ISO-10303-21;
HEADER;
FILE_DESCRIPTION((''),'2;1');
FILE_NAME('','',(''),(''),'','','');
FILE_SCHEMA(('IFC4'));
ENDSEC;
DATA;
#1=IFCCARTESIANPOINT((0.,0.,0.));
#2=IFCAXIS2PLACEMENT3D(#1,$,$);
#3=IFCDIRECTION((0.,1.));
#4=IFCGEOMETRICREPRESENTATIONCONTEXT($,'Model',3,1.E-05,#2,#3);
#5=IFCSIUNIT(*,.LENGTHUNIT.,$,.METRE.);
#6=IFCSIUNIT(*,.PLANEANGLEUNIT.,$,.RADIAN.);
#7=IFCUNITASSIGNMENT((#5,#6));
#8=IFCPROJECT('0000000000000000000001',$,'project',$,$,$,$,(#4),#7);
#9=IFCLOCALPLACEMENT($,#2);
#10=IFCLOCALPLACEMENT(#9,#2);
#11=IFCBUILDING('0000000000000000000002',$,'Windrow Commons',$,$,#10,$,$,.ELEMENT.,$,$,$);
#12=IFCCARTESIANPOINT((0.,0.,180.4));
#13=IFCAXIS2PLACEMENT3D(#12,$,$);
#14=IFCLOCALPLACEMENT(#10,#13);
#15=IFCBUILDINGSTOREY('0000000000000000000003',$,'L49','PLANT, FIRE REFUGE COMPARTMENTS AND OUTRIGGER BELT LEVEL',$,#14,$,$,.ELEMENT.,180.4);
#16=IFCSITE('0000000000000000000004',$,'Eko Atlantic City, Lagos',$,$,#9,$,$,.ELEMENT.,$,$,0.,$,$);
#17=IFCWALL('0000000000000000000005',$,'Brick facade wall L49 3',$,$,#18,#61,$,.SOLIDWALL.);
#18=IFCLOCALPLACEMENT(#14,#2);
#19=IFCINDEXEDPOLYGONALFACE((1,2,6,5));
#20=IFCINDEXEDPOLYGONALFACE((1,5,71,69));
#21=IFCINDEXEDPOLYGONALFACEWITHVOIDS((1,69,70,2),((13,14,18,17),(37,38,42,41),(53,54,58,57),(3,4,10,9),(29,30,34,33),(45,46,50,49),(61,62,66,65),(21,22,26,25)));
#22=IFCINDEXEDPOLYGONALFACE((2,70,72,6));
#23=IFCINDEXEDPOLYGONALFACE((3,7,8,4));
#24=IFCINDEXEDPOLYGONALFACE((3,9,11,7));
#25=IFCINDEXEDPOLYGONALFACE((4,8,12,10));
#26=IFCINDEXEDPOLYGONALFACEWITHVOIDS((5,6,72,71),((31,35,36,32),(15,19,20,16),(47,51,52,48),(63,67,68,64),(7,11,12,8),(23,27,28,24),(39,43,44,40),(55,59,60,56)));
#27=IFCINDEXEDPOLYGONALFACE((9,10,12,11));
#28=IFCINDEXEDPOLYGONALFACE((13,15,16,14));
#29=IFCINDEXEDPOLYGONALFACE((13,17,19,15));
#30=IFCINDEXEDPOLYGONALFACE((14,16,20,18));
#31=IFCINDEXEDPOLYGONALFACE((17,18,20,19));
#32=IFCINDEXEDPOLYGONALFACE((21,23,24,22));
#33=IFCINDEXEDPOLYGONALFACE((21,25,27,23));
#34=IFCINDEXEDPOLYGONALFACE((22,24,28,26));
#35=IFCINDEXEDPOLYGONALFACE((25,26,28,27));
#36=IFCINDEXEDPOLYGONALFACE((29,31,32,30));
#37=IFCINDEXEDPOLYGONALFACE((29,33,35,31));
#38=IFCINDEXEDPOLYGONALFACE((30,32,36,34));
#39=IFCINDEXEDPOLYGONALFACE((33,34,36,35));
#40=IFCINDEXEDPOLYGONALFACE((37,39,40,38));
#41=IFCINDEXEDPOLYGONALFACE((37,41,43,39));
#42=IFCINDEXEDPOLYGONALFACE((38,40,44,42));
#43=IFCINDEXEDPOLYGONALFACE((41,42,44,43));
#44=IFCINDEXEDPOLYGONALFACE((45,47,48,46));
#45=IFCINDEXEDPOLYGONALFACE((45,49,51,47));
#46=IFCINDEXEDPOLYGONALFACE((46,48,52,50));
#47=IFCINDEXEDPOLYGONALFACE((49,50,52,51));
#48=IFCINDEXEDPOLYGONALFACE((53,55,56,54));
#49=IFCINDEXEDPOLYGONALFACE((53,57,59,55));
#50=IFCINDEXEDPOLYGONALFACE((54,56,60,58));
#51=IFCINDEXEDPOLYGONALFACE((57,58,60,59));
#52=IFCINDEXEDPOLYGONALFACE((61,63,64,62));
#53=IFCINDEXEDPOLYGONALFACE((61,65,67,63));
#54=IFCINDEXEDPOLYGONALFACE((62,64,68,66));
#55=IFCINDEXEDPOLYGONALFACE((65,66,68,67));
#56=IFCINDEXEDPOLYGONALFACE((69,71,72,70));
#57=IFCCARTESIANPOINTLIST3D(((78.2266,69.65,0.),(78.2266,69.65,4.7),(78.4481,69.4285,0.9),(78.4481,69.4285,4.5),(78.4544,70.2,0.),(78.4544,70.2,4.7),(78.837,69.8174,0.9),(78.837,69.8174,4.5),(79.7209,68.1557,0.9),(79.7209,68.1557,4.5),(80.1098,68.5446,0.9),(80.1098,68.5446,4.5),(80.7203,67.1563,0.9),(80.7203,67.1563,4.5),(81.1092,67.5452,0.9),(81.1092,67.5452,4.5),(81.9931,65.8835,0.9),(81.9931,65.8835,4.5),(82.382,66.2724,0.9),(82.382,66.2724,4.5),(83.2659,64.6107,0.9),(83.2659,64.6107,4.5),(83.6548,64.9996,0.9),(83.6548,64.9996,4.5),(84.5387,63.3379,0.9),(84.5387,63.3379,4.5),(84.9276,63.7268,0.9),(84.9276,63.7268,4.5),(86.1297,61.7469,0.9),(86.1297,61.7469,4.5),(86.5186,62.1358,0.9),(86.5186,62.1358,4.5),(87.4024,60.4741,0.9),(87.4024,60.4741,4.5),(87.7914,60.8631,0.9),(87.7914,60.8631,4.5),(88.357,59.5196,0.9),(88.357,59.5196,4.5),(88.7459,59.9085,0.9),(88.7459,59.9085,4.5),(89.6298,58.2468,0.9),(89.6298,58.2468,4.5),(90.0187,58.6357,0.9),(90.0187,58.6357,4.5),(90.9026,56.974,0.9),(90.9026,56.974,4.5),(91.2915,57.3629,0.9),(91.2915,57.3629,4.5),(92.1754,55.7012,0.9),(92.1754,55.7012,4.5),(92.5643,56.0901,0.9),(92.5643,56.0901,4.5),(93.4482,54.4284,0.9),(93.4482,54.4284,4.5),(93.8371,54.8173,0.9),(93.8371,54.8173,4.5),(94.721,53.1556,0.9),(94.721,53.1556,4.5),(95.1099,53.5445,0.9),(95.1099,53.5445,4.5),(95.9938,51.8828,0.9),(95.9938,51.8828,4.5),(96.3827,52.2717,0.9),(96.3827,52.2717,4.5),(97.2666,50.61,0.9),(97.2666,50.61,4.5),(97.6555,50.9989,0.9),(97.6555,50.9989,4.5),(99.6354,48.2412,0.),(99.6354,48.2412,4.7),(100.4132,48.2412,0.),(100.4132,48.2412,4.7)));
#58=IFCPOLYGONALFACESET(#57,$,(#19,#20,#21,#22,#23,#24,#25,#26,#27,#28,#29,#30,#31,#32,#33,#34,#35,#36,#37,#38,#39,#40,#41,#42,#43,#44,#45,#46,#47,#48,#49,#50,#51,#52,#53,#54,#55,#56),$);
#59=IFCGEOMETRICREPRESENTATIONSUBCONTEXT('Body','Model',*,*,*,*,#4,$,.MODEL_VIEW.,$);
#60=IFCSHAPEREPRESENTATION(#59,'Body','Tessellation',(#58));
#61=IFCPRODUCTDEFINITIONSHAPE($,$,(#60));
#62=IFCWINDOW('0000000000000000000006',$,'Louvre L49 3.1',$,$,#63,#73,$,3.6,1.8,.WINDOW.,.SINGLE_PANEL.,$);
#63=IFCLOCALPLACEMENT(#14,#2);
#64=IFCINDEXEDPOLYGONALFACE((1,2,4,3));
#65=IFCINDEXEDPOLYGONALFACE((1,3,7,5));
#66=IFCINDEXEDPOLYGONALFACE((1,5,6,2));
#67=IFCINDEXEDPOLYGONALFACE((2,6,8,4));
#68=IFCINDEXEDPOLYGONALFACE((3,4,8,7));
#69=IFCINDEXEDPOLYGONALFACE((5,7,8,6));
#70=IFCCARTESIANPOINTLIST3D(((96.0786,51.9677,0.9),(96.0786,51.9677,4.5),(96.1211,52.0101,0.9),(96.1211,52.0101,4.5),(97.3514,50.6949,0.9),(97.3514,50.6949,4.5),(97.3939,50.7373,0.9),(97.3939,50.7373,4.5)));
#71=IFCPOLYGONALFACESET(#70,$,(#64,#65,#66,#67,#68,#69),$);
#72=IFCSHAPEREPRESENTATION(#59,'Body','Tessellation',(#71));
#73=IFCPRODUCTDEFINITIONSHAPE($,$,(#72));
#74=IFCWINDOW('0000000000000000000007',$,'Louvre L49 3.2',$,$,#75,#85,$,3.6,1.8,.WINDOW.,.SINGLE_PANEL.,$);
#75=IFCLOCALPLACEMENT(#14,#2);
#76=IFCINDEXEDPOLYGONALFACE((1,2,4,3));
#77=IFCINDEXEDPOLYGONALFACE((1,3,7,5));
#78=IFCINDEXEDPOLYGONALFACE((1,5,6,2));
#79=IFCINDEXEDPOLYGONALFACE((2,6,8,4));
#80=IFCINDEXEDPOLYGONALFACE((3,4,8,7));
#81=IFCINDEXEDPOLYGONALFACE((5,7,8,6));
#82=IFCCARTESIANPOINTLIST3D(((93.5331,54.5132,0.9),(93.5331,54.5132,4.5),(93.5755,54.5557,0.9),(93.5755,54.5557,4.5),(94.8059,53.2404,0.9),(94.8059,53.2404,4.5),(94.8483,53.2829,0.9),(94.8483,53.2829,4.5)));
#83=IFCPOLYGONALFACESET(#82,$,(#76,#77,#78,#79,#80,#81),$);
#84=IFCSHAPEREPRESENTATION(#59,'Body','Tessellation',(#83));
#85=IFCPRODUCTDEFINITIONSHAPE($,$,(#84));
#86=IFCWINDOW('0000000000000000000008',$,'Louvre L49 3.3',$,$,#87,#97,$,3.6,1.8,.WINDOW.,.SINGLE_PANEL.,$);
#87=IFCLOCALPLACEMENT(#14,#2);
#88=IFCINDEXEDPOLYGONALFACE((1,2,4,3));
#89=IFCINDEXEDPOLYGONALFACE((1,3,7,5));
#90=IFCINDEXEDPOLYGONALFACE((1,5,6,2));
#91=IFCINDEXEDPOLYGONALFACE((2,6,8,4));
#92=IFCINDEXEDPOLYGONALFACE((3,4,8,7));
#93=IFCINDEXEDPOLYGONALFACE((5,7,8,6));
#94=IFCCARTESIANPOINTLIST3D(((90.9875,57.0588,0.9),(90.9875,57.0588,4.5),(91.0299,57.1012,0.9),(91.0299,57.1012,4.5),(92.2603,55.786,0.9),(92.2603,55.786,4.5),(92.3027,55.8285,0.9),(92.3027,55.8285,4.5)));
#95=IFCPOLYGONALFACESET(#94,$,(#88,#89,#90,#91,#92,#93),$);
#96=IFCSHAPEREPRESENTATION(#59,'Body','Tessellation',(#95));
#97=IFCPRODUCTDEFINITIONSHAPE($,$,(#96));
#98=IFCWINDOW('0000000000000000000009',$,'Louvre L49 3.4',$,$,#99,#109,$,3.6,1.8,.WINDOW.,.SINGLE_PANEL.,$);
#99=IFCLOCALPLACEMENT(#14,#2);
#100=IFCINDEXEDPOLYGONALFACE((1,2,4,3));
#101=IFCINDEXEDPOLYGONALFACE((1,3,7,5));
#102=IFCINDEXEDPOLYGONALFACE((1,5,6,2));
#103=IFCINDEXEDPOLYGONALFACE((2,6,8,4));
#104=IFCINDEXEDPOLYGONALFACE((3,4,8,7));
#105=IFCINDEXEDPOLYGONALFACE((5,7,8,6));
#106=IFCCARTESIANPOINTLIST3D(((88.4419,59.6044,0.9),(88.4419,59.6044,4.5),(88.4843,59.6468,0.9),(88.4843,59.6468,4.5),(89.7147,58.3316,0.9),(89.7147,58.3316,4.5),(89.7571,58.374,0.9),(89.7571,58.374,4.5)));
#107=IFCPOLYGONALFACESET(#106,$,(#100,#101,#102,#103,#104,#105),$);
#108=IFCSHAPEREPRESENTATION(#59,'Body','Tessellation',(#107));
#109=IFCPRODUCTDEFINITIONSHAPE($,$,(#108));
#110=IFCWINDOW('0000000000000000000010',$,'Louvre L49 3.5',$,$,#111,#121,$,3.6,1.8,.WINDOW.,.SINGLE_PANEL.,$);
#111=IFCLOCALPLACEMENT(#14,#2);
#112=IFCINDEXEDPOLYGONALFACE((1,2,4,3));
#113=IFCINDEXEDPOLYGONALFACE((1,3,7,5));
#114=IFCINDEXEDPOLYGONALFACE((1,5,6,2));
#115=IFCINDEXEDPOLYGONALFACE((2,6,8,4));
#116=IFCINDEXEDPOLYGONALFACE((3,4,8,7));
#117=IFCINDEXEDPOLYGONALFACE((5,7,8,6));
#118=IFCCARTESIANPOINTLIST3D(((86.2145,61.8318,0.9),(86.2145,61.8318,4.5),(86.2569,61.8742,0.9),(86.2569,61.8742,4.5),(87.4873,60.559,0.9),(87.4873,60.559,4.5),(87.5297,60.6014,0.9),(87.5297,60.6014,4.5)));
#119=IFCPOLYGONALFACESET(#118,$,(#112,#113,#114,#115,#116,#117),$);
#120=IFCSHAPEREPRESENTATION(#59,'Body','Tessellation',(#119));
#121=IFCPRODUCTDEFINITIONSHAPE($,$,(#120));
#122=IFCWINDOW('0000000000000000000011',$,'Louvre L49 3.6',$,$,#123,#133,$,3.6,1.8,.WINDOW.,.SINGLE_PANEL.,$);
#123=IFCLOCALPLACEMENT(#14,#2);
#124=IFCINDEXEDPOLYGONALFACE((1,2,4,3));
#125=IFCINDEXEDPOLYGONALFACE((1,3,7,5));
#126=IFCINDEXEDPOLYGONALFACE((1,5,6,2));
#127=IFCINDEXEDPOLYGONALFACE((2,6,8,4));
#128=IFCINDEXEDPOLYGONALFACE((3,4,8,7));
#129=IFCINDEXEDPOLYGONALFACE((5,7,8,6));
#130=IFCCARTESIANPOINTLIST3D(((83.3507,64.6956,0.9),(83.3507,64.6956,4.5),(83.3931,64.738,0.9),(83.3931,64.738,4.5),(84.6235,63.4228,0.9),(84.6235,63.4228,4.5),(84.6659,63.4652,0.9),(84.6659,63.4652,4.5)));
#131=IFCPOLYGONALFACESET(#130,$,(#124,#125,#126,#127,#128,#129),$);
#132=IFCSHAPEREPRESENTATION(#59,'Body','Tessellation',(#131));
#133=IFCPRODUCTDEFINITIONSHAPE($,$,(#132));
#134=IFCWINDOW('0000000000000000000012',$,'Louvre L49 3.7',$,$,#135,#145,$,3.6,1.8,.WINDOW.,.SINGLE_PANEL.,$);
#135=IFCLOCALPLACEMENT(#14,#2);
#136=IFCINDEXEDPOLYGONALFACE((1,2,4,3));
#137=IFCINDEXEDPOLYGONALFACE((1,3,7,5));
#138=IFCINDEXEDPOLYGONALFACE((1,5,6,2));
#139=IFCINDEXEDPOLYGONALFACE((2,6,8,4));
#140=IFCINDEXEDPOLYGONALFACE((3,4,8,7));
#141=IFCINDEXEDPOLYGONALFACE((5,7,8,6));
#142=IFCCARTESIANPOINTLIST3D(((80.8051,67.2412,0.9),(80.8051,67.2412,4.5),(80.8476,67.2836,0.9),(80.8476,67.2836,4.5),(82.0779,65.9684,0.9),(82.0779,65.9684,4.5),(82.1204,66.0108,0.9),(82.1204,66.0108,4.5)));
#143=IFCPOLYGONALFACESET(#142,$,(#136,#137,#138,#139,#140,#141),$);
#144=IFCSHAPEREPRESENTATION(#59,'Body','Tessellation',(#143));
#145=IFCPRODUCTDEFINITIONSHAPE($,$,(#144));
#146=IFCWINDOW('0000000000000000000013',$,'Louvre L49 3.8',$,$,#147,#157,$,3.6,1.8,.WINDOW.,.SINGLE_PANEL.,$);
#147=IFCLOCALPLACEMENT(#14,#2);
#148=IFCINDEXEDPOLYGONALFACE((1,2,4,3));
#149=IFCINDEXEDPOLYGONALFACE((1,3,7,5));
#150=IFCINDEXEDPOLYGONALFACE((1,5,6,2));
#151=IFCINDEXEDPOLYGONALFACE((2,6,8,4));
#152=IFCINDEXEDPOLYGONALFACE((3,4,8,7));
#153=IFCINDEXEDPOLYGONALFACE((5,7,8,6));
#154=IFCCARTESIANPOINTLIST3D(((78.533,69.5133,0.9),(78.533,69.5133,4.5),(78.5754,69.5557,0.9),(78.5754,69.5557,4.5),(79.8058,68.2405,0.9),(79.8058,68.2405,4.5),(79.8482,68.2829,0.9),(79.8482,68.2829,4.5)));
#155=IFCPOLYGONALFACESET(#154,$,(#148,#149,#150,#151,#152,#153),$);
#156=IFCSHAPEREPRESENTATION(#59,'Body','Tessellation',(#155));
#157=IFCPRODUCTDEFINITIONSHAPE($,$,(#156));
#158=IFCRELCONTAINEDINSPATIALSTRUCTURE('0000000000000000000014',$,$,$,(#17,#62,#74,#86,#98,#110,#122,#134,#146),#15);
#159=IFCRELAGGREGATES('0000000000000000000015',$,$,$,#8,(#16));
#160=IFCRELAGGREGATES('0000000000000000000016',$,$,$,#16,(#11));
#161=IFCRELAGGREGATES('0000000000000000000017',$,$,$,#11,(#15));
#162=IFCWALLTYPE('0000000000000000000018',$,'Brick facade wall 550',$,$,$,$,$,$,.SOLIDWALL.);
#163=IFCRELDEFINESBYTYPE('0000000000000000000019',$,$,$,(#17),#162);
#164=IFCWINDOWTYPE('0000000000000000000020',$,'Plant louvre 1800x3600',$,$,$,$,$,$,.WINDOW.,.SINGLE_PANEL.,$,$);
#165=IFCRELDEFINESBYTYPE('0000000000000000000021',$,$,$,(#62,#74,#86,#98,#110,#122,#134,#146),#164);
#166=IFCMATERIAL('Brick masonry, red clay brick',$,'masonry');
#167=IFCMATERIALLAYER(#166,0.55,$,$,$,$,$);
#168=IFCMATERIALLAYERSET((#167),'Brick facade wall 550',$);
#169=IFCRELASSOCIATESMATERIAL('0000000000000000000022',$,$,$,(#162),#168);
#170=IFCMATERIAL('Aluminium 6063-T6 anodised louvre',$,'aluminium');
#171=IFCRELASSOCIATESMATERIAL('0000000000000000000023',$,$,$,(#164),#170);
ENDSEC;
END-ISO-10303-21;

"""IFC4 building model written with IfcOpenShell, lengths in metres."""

from ifc_helpers import new_model, si_unit, direction, frame, frame_2d, origin, place, context, subcontext, project, spatial, polyline, rectangle, outline, extrude, material, layer, layer_set, type_object, element, fill, save


model = new_model("IFC4")

# Units and contexts
model_context = context("Model", 3, precision=1e-05, world=origin(), true_north=direction((0.0, 1.0)))
body_context = subcontext(model_context, "Body", "Model", "MODEL_VIEW")
ifc_project = project(units=[si_unit("LENGTHUNIT", "METRE"), si_unit("PLANEANGLEUNIT", "RADIAN")], contexts=[model_context])

# Site, building, storey
site_placement = place(None, origin())
site = spatial("IfcSite", under=ifc_project, at=site_placement, Name="Eko Atlantic City, Lagos", CompositionType="ELEMENT", RefElevation=0.0)
building_placement = place(site_placement, origin())
building = spatial("IfcBuilding", under=site, at=building_placement, Name="Windrow Commons", CompositionType="ELEMENT")
storey_placement = place(building_placement, frame((0.0, 0.0, 180.4)))
storey = spatial("IfcBuildingStorey", under=building, at=storey_placement, Name="L49", Description="PLANT, FIRE REFUGE COMPARTMENTS AND OUTRIGGER BELT LEVEL", CompositionType="ELEMENT", Elevation=180.4)

# Shared definitions
ifc_material_1 = material(Name="Brick masonry, red clay brick", Category="masonry")
ifc_layer_1 = layer(ifc_material_1, 0.55)
ifc_layer_set_1 = layer_set([ifc_layer_1], Name="Brick facade wall 550")
wall_type_1 = type_object("IfcWallType", Name="Brick facade wall 550", PredefinedType="SOLIDWALL", material=ifc_layer_set_1)

# Wall, openings, windows
wall_1_placement = place(storey_placement, frame((100.0243, 48.2412, 0.0), z_axis=(0.0, 0.0, 1.0), x_axis=(-0.707107, 0.707107, 0.0)))
wall_1 = element("IfcWall", 1, at=wall_1_placement, inside=storey, type_object=wall_type_1, Name="Brick facade wall L49 3", PredefinedType="SOLIDWALL", context=body_context, shape_type="SweptSolid", body=[
    extrude(outline(polyline([(-0.275, -0.275), (30.7794, -0.275), (30.5516, 0.275), (0.275, 0.275), (-0.275, -0.275)])), origin(), (0.0, 0.0, 1.0), 4.7),
])
opening_1_placement = place(wall_1_placement, frame((3.625, 0.0, 0.9)))
opening_1 = element("IfcOpeningElement", 2, at=opening_1_placement, cuts=wall_1, PredefinedType="OPENING", context=body_context, shape_type="SweptSolid", body=[
    extrude(rectangle(XDim=1.8, YDim=3.6, at=frame_2d((0.9, 1.8))), frame((0.0, 0.285, 0.0), z_axis=(0.0, -1.0, 0.0), x_axis=(1.0, 0.0, 0.0)), (0.0, 0.0, 1.0), 0.57),
])
opening_2_placement = place(wall_1_placement, frame((7.225, 0.0, 0.9)))
opening_2 = element("IfcOpeningElement", 3, at=opening_2_placement, cuts=wall_1, PredefinedType="OPENING", context=body_context, shape_type="SweptSolid", body=[
    extrude(rectangle(XDim=1.8, YDim=3.6, at=frame_2d((0.9, 1.8))), frame((0.0, 0.285, 0.0), z_axis=(0.0, -1.0, 0.0), x_axis=(1.0, 0.0, 0.0)), (0.0, 0.0, 1.0), 0.57),
])
opening_3_placement = place(wall_1_placement, frame((10.825, 0.0, 0.9)))
opening_3 = element("IfcOpeningElement", 4, at=opening_3_placement, cuts=wall_1, PredefinedType="OPENING", context=body_context, shape_type="SweptSolid", body=[
    extrude(rectangle(XDim=1.8, YDim=3.6, at=frame_2d((0.9, 1.8))), frame((0.0, 0.285, 0.0), z_axis=(0.0, -1.0, 0.0), x_axis=(1.0, 0.0, 0.0)), (0.0, 0.0, 1.0), 0.57),
])
opening_4_placement = place(wall_1_placement, frame((14.425, 0.0, 0.9)))
opening_4 = element("IfcOpeningElement", 5, at=opening_4_placement, cuts=wall_1, PredefinedType="OPENING", context=body_context, shape_type="SweptSolid", body=[
    extrude(rectangle(XDim=1.8, YDim=3.6, at=frame_2d((0.9, 1.8))), frame((0.0, 0.285, 0.0), z_axis=(0.0, -1.0, 0.0), x_axis=(1.0, 0.0, 0.0)), (0.0, 0.0, 1.0), 0.57),
])
opening_5_placement = place(wall_1_placement, frame((17.575, 0.0, 0.9)))
opening_5 = element("IfcOpeningElement", 6, at=opening_5_placement, cuts=wall_1, PredefinedType="OPENING", context=body_context, shape_type="SweptSolid", body=[
    extrude(rectangle(XDim=1.8, YDim=3.6, at=frame_2d((0.9, 1.8))), frame((0.0, 0.285, 0.0), z_axis=(0.0, -1.0, 0.0), x_axis=(1.0, 0.0, 0.0)), (0.0, 0.0, 1.0), 0.57),
])
opening_6_placement = place(wall_1_placement, frame((21.625, 0.0, 0.9)))
opening_6 = element("IfcOpeningElement", 7, at=opening_6_placement, cuts=wall_1, PredefinedType="OPENING", context=body_context, shape_type="SweptSolid", body=[
    extrude(rectangle(XDim=1.8, YDim=3.6, at=frame_2d((0.9, 1.8))), frame((0.0, 0.285, 0.0), z_axis=(0.0, -1.0, 0.0), x_axis=(1.0, 0.0, 0.0)), (0.0, 0.0, 1.0), 0.57),
])
opening_7_placement = place(wall_1_placement, frame((25.225, 0.0, 0.9)))
opening_7 = element("IfcOpeningElement", 8, at=opening_7_placement, cuts=wall_1, PredefinedType="OPENING", context=body_context, shape_type="SweptSolid", body=[
    extrude(rectangle(XDim=1.8, YDim=3.6, at=frame_2d((0.9, 1.8))), frame((0.0, 0.285, 0.0), z_axis=(0.0, -1.0, 0.0), x_axis=(1.0, 0.0, 0.0)), (0.0, 0.0, 1.0), 0.57),
])
opening_8_placement = place(wall_1_placement, frame((28.4383, 0.0, 0.9)))
opening_8 = element("IfcOpeningElement", 9, at=opening_8_placement, cuts=wall_1, PredefinedType="OPENING", context=body_context, shape_type="SweptSolid", body=[
    extrude(rectangle(XDim=1.8, YDim=3.6, at=frame_2d((0.9, 1.8))), frame((0.0, 0.285, 0.0), z_axis=(0.0, -1.0, 0.0), x_axis=(1.0, 0.0, 0.0)), (0.0, 0.0, 1.0), 0.57),
])
ifc_material_2 = material(Name="Aluminium 6063-T6 anodised louvre", Category="aluminium")
window_type = type_object("IfcWindowType", Name="Plant louvre 1800x3600", PartitioningType="SINGLE_PANEL", PredefinedType="WINDOW", material=ifc_material_2)
window_1_placement = place(opening_1_placement, origin())
window_1 = element("IfcWindow", 10, at=window_1_placement, inside=storey, type_object=window_type, Name="Louvre L49 3.1", OverallHeight=3.6, OverallWidth=1.8, PartitioningType="SINGLE_PANEL", PredefinedType="WINDOW", context=body_context, shape_type="SweptSolid", body=[
    extrude(rectangle(XDim=1.8, YDim=3.6, at=frame_2d((0.9, 1.8))), frame((0.0, 0.155, 0.0), z_axis=(0.0, -1.0, 0.0), x_axis=(1.0, 0.0, 0.0)), (0.0, 0.0, 1.0), 0.06),
])
fill(opening_1, window_1)
window_2_placement = place(opening_2_placement, origin())
window_2 = element("IfcWindow", 11, at=window_2_placement, inside=storey, type_object=window_type, Name="Louvre L49 3.2", OverallHeight=3.6, OverallWidth=1.8, PartitioningType="SINGLE_PANEL", PredefinedType="WINDOW", context=body_context, shape_type="SweptSolid", body=[
    extrude(rectangle(XDim=1.8, YDim=3.6, at=frame_2d((0.9, 1.8))), frame((0.0, 0.155, 0.0), z_axis=(0.0, -1.0, 0.0), x_axis=(1.0, 0.0, 0.0)), (0.0, 0.0, 1.0), 0.06),
])
fill(opening_2, window_2)
window_3_placement = place(opening_3_placement, origin())
window_3 = element("IfcWindow", 12, at=window_3_placement, inside=storey, type_object=window_type, Name="Louvre L49 3.3", OverallHeight=3.6, OverallWidth=1.8, PartitioningType="SINGLE_PANEL", PredefinedType="WINDOW", context=body_context, shape_type="SweptSolid", body=[
    extrude(rectangle(XDim=1.8, YDim=3.6, at=frame_2d((0.9, 1.8))), frame((0.0, 0.155, 0.0), z_axis=(0.0, -1.0, 0.0), x_axis=(1.0, 0.0, 0.0)), (0.0, 0.0, 1.0), 0.06),
])
fill(opening_3, window_3)
window_4_placement = place(opening_4_placement, origin())
window_4 = element("IfcWindow", 13, at=window_4_placement, inside=storey, type_object=window_type, Name="Louvre L49 3.4", OverallHeight=3.6, OverallWidth=1.8, PartitioningType="SINGLE_PANEL", PredefinedType="WINDOW", context=body_context, shape_type="SweptSolid", body=[
    extrude(rectangle(XDim=1.8, YDim=3.6, at=frame_2d((0.9, 1.8))), frame((0.0, 0.155, 0.0), z_axis=(0.0, -1.0, 0.0), x_axis=(1.0, 0.0, 0.0)), (0.0, 0.0, 1.0), 0.06),
])
fill(opening_4, window_4)
window_5_placement = place(opening_5_placement, origin())
window_5 = element("IfcWindow", 14, at=window_5_placement, inside=storey, type_object=window_type, Name="Louvre L49 3.5", OverallHeight=3.6, OverallWidth=1.8, PartitioningType="SINGLE_PANEL", PredefinedType="WINDOW", context=body_context, shape_type="SweptSolid", body=[
    extrude(rectangle(XDim=1.8, YDim=3.6, at=frame_2d((0.9, 1.8))), frame((0.0, 0.155, 0.0), z_axis=(0.0, -1.0, 0.0), x_axis=(1.0, 0.0, 0.0)), (0.0, 0.0, 1.0), 0.06),
])
fill(opening_5, window_5)
window_6_placement = place(opening_6_placement, origin())
window_6 = element("IfcWindow", 15, at=window_6_placement, inside=storey, type_object=window_type, Name="Louvre L49 3.6", OverallHeight=3.6, OverallWidth=1.8, PartitioningType="SINGLE_PANEL", PredefinedType="WINDOW", context=body_context, shape_type="SweptSolid", body=[
    extrude(rectangle(XDim=1.8, YDim=3.6, at=frame_2d((0.9, 1.8))), frame((0.0, 0.155, 0.0), z_axis=(0.0, -1.0, 0.0), x_axis=(1.0, 0.0, 0.0)), (0.0, 0.0, 1.0), 0.06),
])
fill(opening_6, window_6)
window_7_placement = place(opening_7_placement, origin())
window_7 = element("IfcWindow", 16, at=window_7_placement, inside=storey, type_object=window_type, Name="Louvre L49 3.7", OverallHeight=3.6, OverallWidth=1.8, PartitioningType="SINGLE_PANEL", PredefinedType="WINDOW", context=body_context, shape_type="SweptSolid", body=[
    extrude(rectangle(XDim=1.8, YDim=3.6, at=frame_2d((0.9, 1.8))), frame((0.0, 0.155, 0.0), z_axis=(0.0, -1.0, 0.0), x_axis=(1.0, 0.0, 0.0)), (0.0, 0.0, 1.0), 0.06),
])
fill(opening_7, window_7)
window_8_placement = place(opening_8_placement, origin())
window_8 = element("IfcWindow", 17, at=window_8_placement, inside=storey, type_object=window_type, Name="Louvre L49 3.8", OverallHeight=3.6, OverallWidth=1.8, PartitioningType="SINGLE_PANEL", PredefinedType="WINDOW", context=body_context, shape_type="SweptSolid", body=[
    extrude(rectangle(XDim=1.8, YDim=3.6, at=frame_2d((0.9, 1.8))), frame((0.0, 0.155, 0.0), z_axis=(0.0, -1.0, 0.0), x_axis=(1.0, 0.0, 0.0)), (0.0, 0.0, 1.0), 0.06),
])
fill(opening_8, window_8)

save(model, "model.ifc")
